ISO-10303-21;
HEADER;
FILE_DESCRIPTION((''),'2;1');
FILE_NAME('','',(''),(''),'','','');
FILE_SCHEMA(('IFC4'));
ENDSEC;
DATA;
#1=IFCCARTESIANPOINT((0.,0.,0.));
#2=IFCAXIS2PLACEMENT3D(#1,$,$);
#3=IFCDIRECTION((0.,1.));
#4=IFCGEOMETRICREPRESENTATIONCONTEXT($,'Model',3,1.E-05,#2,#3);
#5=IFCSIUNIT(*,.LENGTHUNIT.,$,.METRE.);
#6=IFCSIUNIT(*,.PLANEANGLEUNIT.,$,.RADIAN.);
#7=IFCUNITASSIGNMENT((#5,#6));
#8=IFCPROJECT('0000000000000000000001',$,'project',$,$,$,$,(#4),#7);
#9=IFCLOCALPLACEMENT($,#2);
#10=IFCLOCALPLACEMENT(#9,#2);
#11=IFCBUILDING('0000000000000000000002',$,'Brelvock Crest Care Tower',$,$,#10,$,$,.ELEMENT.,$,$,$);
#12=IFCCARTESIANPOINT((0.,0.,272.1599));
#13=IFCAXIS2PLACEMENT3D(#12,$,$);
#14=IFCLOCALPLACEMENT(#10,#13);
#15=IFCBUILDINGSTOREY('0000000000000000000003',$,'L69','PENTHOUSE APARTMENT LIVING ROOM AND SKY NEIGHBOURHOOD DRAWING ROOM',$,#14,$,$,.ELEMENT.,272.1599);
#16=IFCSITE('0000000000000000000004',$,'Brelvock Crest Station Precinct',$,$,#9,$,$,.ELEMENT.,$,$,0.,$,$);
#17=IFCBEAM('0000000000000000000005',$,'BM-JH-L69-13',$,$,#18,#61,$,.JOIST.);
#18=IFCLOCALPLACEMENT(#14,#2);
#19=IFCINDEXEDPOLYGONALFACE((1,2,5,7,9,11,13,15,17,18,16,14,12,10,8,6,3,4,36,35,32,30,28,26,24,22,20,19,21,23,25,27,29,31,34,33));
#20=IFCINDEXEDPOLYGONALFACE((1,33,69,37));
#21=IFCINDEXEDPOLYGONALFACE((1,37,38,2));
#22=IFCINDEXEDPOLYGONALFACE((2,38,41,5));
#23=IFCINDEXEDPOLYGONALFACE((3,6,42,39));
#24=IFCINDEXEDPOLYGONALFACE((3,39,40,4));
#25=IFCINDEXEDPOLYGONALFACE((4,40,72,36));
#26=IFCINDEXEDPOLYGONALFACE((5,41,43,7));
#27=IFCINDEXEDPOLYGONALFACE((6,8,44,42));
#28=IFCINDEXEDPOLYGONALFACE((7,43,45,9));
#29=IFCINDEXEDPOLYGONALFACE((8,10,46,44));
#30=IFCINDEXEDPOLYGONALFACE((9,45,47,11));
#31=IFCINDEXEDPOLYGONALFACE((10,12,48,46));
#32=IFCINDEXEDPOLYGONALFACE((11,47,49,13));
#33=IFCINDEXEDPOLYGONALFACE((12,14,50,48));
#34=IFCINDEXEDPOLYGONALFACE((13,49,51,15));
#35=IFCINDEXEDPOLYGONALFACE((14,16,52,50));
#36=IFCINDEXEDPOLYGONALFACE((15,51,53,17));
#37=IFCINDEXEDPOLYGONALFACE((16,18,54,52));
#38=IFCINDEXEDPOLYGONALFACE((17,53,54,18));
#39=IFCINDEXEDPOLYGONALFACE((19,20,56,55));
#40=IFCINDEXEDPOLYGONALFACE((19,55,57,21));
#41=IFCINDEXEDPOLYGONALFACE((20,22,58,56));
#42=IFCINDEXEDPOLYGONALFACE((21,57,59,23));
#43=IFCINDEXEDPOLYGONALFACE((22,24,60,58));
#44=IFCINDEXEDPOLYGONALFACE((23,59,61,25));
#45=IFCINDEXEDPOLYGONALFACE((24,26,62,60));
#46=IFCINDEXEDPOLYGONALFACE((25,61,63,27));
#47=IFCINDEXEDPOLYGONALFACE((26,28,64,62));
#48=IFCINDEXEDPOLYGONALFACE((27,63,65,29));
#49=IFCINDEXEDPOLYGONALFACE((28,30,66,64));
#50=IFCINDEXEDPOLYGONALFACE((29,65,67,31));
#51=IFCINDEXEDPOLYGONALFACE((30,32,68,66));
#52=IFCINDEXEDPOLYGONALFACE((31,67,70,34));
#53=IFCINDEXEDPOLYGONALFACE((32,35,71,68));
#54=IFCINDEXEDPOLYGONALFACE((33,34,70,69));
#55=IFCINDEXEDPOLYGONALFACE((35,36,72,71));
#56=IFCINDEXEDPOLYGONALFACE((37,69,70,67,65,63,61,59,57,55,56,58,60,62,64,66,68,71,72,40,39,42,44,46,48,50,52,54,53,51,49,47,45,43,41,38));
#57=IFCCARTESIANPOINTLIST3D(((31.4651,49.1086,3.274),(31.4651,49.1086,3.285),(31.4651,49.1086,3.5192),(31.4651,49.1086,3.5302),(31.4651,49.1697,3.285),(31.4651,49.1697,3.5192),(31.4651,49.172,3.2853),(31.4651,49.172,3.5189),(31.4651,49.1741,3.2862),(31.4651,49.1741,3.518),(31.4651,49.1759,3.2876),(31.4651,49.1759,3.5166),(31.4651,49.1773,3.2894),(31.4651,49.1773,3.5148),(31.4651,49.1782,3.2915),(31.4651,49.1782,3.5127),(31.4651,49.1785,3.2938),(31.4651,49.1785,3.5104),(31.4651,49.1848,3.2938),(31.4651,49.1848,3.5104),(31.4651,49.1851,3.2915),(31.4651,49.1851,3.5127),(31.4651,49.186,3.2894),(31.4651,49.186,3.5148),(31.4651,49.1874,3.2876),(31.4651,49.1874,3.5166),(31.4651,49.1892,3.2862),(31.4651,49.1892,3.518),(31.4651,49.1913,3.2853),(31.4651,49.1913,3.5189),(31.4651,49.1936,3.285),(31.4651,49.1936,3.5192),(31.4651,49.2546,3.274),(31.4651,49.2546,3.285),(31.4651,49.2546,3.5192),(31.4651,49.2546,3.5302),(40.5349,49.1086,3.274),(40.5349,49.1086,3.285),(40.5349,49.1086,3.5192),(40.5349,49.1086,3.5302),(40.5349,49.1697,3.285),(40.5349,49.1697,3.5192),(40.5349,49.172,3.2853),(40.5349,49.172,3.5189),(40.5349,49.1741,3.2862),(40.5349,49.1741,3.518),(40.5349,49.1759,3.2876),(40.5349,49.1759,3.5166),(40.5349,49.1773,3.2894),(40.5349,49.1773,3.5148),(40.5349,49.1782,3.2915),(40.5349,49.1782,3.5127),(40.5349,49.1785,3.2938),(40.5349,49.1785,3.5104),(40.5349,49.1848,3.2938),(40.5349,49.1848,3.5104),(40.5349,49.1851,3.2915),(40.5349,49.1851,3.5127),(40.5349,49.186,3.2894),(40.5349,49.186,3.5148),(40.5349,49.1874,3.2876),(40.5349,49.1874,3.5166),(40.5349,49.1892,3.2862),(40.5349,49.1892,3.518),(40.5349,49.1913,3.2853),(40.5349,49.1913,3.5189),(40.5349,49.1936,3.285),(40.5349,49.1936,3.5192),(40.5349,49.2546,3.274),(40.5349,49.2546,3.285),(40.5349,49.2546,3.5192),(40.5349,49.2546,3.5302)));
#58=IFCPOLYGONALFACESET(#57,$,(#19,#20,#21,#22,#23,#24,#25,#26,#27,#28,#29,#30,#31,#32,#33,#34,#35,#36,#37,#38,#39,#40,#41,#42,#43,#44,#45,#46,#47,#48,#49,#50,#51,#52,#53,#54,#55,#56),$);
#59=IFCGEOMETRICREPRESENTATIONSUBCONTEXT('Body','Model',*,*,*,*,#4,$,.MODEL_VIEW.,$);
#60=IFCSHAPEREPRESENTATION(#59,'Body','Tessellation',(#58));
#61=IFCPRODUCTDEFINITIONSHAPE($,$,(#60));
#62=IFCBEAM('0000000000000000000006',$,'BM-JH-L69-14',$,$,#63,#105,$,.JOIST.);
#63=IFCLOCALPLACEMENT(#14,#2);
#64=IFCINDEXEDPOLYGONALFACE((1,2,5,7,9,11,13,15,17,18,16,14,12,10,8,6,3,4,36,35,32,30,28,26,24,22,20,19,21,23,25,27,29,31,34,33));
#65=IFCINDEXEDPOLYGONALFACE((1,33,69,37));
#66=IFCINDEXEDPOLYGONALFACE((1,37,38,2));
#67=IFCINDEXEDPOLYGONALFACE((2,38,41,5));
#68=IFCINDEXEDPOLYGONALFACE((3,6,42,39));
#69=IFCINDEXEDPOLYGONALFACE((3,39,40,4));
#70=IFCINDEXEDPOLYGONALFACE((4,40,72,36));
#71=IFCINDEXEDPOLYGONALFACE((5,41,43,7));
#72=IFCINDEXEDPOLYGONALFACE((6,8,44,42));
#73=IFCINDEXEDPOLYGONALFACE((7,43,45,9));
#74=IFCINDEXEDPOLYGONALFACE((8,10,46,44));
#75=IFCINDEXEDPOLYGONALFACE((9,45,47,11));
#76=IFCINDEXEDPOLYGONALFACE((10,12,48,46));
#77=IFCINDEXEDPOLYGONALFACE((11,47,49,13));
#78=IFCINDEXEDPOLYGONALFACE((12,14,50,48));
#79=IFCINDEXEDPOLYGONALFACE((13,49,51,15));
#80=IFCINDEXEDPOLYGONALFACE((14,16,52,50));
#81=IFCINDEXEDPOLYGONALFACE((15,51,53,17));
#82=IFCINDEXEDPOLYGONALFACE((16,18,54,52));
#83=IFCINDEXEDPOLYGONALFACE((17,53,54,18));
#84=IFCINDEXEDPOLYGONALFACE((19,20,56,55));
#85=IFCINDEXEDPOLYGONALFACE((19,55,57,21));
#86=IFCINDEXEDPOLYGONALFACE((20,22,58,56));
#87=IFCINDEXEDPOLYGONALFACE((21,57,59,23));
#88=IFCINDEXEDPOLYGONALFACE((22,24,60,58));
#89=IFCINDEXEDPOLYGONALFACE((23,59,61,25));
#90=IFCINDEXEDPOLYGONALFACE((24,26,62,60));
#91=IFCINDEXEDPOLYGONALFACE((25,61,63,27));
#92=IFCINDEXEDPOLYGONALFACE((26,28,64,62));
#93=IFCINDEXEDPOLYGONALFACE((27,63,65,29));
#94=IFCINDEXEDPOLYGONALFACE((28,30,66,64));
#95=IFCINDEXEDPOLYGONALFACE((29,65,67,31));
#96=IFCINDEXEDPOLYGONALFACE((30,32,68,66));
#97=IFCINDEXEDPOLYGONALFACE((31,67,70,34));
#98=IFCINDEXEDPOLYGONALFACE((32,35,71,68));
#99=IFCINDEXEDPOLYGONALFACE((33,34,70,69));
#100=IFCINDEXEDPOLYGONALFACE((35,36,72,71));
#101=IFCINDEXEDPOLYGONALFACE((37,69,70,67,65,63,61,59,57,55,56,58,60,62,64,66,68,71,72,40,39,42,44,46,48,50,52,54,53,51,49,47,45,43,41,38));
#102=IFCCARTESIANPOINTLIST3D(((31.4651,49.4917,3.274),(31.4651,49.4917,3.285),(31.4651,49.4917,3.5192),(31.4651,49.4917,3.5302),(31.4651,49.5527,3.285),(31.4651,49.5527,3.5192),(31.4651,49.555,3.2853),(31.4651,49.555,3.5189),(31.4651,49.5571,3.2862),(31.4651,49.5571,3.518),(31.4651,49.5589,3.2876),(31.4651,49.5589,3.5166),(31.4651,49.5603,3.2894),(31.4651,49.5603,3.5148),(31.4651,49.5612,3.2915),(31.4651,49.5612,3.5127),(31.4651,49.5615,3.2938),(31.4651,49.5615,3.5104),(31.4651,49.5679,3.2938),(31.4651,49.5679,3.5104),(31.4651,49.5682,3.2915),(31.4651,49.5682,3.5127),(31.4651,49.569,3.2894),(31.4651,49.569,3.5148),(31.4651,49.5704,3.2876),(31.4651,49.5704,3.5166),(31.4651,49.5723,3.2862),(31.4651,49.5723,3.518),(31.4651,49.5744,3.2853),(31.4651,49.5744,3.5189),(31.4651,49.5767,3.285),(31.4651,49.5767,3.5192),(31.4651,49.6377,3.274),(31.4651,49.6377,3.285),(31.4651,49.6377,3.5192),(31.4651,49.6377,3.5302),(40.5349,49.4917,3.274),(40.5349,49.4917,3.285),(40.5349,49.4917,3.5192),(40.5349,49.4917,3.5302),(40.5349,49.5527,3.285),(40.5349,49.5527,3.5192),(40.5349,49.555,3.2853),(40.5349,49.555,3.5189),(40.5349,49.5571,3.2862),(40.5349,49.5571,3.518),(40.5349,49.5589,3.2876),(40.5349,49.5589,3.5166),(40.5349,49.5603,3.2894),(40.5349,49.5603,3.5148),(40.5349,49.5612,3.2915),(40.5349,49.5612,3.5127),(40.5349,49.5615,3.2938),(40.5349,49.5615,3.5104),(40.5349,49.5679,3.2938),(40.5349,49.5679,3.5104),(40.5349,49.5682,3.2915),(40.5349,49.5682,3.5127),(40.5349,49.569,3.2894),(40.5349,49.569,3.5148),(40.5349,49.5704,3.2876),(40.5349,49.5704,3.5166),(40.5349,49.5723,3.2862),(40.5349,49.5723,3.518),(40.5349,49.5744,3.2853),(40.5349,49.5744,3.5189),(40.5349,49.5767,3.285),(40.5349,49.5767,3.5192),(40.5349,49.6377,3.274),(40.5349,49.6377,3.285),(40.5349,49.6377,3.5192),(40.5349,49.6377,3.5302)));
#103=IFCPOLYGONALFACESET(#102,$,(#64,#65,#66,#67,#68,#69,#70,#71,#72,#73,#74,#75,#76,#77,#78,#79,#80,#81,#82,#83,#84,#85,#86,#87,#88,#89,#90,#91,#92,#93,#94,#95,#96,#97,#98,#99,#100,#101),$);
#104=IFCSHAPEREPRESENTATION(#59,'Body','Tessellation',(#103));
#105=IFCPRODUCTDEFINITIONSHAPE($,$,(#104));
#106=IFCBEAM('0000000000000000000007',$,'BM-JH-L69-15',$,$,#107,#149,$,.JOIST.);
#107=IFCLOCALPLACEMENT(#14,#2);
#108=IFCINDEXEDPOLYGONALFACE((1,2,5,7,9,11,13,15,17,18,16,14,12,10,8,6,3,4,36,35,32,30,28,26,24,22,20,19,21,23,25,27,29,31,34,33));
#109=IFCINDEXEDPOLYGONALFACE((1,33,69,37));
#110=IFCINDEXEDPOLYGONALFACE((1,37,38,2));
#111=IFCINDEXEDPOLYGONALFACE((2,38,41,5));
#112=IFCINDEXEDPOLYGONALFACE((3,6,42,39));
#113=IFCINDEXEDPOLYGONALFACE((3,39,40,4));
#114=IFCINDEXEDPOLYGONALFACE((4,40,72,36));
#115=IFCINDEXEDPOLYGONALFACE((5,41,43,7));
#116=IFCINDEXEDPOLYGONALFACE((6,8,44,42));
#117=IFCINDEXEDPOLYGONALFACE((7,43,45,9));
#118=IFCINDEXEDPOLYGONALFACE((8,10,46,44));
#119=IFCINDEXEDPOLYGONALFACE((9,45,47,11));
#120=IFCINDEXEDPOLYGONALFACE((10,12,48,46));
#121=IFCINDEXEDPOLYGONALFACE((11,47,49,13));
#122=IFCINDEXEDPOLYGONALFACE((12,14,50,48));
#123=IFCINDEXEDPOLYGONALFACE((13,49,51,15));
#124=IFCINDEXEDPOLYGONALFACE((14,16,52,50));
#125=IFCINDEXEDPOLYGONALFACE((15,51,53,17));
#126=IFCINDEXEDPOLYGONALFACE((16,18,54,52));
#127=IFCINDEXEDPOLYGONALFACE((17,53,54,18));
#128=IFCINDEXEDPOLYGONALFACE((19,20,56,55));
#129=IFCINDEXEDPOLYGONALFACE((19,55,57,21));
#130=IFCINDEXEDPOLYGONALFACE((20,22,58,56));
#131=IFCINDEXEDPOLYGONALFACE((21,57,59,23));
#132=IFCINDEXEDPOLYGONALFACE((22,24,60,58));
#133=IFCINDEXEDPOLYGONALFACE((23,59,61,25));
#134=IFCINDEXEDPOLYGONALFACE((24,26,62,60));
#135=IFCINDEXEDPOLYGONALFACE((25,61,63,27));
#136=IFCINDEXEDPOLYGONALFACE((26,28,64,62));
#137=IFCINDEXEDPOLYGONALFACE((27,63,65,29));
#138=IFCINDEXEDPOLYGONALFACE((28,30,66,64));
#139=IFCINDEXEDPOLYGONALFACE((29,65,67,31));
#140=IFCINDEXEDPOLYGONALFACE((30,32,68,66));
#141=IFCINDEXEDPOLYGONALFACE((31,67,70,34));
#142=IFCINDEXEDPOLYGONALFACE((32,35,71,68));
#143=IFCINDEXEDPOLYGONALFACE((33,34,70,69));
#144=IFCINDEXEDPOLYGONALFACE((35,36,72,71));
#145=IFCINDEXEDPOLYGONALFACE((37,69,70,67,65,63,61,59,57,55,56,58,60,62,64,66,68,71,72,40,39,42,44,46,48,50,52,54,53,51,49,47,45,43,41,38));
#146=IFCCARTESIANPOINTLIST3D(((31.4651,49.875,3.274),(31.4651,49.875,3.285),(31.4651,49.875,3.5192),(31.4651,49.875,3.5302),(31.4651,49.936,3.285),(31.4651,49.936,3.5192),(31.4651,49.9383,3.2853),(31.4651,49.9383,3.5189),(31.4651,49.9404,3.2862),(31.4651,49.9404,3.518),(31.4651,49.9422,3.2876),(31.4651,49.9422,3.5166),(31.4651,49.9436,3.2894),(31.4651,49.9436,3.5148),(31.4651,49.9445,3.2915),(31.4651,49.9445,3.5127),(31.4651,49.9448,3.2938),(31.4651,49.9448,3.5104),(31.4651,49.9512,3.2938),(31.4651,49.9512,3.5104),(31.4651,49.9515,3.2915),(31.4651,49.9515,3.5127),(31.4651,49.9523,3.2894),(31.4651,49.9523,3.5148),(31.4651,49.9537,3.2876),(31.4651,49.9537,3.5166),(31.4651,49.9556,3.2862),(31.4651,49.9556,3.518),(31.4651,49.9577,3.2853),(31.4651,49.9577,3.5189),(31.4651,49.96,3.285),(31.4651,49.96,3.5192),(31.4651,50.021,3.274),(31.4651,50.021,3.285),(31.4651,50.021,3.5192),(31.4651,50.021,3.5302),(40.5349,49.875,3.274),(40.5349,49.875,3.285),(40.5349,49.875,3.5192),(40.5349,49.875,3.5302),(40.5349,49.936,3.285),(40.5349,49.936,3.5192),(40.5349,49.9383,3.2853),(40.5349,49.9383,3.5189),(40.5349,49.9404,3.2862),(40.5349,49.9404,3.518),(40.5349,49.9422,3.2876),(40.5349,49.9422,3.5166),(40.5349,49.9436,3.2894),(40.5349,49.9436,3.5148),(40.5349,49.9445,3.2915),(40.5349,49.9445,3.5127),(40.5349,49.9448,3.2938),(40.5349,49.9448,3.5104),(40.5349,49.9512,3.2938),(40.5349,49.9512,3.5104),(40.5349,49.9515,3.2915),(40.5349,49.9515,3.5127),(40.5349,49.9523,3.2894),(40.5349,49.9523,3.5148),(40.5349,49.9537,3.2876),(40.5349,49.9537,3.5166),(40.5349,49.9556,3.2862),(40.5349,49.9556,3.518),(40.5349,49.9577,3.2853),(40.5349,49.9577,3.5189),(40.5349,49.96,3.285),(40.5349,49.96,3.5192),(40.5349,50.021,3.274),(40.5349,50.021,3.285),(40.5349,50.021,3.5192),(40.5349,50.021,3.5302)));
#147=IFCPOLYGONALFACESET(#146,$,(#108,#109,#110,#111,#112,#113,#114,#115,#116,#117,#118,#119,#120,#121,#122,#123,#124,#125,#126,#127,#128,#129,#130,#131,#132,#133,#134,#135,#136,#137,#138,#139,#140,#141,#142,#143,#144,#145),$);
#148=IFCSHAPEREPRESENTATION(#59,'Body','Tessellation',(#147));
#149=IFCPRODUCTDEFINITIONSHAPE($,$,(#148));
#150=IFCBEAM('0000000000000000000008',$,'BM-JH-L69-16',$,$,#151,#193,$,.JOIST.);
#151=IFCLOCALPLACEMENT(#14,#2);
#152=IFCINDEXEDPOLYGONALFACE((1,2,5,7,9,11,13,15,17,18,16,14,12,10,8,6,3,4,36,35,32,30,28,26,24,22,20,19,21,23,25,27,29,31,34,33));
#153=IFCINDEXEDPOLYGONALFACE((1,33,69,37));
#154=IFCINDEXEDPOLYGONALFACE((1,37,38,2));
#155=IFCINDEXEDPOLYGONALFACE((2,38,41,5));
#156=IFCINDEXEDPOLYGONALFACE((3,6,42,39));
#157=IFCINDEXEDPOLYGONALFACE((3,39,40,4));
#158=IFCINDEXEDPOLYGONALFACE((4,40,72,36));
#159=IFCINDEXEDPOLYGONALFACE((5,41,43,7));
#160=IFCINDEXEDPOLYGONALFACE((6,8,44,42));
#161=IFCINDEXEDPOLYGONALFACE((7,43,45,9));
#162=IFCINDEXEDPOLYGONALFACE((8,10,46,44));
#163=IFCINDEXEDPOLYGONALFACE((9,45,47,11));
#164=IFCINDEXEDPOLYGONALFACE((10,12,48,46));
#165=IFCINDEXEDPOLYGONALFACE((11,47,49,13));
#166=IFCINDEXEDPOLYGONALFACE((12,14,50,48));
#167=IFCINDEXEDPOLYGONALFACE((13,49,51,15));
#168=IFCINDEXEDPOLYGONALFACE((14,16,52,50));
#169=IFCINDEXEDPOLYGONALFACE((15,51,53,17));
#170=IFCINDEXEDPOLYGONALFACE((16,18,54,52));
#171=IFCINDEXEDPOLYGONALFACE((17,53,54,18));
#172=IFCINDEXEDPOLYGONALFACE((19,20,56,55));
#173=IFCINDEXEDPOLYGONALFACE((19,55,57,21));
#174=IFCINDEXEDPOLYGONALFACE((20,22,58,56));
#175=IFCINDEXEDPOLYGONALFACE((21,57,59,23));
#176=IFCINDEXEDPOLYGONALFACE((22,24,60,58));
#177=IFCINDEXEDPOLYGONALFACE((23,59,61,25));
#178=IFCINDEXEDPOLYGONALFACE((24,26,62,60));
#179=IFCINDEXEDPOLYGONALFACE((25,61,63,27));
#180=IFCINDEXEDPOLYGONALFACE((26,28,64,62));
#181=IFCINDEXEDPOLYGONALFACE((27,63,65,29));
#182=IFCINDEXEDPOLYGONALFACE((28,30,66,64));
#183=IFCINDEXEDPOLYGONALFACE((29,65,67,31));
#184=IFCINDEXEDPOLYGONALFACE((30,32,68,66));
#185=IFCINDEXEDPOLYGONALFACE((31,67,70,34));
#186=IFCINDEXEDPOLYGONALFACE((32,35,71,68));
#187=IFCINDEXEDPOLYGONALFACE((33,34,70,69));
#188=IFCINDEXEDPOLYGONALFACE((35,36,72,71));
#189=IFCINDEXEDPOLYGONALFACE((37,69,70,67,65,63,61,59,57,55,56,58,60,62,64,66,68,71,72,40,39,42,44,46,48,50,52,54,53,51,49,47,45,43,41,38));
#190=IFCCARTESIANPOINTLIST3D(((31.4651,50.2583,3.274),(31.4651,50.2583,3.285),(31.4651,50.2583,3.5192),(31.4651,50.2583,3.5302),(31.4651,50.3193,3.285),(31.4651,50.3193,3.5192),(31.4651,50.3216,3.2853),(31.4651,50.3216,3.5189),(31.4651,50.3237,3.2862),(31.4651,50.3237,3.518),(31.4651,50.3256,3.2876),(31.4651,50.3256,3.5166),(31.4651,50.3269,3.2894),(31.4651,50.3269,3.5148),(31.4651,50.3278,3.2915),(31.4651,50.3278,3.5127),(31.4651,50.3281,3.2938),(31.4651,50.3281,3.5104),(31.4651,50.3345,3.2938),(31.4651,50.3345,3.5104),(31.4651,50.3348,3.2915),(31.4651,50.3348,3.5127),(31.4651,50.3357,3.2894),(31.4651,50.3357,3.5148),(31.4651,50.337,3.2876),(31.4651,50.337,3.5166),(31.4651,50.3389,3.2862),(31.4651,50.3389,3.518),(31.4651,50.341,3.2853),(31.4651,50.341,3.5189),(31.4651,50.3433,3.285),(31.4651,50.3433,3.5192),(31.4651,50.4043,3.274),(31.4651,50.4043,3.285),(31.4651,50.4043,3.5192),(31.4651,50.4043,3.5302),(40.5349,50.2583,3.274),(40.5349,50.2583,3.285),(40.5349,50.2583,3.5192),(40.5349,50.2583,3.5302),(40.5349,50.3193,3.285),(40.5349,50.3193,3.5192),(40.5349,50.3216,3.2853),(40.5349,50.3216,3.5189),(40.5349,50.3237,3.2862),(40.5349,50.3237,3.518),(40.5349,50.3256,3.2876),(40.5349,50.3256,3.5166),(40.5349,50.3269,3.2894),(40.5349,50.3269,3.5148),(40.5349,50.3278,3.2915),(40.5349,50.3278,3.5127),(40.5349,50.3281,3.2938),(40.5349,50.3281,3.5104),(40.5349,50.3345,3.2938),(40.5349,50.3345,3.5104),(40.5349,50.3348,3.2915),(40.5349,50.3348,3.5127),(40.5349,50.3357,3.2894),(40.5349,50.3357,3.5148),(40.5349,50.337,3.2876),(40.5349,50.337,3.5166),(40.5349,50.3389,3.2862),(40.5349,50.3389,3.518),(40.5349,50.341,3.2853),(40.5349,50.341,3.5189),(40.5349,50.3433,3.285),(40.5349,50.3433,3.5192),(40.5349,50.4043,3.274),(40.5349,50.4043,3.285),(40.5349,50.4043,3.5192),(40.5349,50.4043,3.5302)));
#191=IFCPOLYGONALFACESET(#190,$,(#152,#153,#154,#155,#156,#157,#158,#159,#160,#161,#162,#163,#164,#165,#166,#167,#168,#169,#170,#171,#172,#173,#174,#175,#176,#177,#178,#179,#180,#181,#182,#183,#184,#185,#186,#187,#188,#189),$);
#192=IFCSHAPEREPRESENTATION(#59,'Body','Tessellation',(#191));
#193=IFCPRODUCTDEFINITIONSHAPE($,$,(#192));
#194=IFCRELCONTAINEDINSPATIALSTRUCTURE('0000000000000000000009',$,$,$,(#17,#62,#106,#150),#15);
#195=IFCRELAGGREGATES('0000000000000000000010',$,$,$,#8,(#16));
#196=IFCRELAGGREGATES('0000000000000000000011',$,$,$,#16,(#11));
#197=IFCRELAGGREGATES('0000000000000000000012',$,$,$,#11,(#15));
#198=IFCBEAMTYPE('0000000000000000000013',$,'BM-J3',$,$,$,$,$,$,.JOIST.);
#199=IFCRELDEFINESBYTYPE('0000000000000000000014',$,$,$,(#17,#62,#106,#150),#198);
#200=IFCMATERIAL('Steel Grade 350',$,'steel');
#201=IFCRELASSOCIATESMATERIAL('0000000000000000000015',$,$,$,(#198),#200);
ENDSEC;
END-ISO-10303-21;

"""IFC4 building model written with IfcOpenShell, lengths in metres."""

from ifc_helpers import new_model, si_unit, direction, frame, origin, origin_2d, place, context, subcontext, project, spatial, i_section, extrude, source, transform, mapped, material, material_profile, profile_set, type_object, element, save


model = new_model("IFC4")

# Units and contexts
model_context = context("Model", 3, precision=1e-05, world=origin(), true_north=direction((0.0, 1.0)))
body_context = subcontext(model_context, "Body", "Model", "MODEL_VIEW")
ifc_project = project(units=[si_unit("LENGTHUNIT", "METRE"), si_unit("PLANEANGLEUNIT", "RADIAN")], contexts=[model_context])

# Site, building, storey
site_placement = place(None, origin())
site = spatial("IfcSite", under=ifc_project, at=site_placement, Name="Brelvock Crest Station Precinct", CompositionType="ELEMENT", RefElevation=0.0)
building_placement = place(site_placement, origin())
building = spatial("IfcBuilding", under=site, at=building_placement, Name="Brelvock Crest Care Tower", CompositionType="ELEMENT")
storey_placement = place(building_placement, frame((0.0, 0.0, 272.1599)))
storey = spatial("IfcBuildingStorey", under=building, at=storey_placement, Name="L69", Description="PENTHOUSE APARTMENT LIVING ROOM AND SKY NEIGHBOURHOOD DRAWING ROOM", CompositionType="ELEMENT", Elevation=272.1599)

# Beams
ifc_material_1 = material(Name="Steel Grade 350", Category="steel")
ifc_material_profile_1 = material_profile(ifc_material_1, i_section(OverallWidth=0.146, OverallDepth=0.2561, WebThickness=0.0063, FlangeThickness=0.011, FilletRadius=0.0088, at=origin_2d()), Name="250UB37.3")
ifc_profile_set_1 = profile_set([ifc_material_profile_1], Name="Steel Grade 350")
beam_type_1 = type_object("IfcBeamType", Name="BM-J3", PredefinedType="JOIST", material=ifc_profile_set_1)
shared_shape_1 = source(origin(), body_context, "Body", "SweptSolid", [
    extrude(i_section(OverallWidth=0.146, OverallDepth=0.2561, WebThickness=0.0063, FlangeThickness=0.011, FilletRadius=0.0088, at=origin_2d()), origin(), (0.0, 0.0, 1.0), 9.0698),
])
for number, where, z_axis, x_axis, name in (
    (1, (31.4651, 49.1816, 3.4021), (1.0, 0.0, 0.0), (0.0, 1.0, 0.0), "BM-JH-L69-13"),
    (2, (31.4651, 49.5647, 3.4021), (1.0, 0.0, 0.0), (0.0, 1.0, 0.0), "BM-JH-L69-14"),
    (3, (31.4651, 49.948, 3.4021), (1.0, 0.0, 0.0), (0.0, 1.0, 0.0), "BM-JH-L69-15"),
    (4, (31.4651, 50.3313, 3.4021), (1.0, 0.0, 0.0), (0.0, 1.0, 0.0), "BM-JH-L69-16"),
):
    element("IfcBeam", number, at=place(storey_placement, frame(where, z_axis=z_axis, x_axis=x_axis)), inside=storey, type_object=beam_type_1, Name=name, PredefinedType="JOIST", context=body_context, shape_type="MappedRepresentation", body=[
        mapped(shared_shape_1, transform((0.0, 0.0, 0.0), x_axis=(1.0, 0.0, 0.0), y_axis=(0.0, 1.0, 0.0), z_axis=(0.0, 0.0, 1.0), scale=1.0)),
    ])

save(model, "model.ifc")
